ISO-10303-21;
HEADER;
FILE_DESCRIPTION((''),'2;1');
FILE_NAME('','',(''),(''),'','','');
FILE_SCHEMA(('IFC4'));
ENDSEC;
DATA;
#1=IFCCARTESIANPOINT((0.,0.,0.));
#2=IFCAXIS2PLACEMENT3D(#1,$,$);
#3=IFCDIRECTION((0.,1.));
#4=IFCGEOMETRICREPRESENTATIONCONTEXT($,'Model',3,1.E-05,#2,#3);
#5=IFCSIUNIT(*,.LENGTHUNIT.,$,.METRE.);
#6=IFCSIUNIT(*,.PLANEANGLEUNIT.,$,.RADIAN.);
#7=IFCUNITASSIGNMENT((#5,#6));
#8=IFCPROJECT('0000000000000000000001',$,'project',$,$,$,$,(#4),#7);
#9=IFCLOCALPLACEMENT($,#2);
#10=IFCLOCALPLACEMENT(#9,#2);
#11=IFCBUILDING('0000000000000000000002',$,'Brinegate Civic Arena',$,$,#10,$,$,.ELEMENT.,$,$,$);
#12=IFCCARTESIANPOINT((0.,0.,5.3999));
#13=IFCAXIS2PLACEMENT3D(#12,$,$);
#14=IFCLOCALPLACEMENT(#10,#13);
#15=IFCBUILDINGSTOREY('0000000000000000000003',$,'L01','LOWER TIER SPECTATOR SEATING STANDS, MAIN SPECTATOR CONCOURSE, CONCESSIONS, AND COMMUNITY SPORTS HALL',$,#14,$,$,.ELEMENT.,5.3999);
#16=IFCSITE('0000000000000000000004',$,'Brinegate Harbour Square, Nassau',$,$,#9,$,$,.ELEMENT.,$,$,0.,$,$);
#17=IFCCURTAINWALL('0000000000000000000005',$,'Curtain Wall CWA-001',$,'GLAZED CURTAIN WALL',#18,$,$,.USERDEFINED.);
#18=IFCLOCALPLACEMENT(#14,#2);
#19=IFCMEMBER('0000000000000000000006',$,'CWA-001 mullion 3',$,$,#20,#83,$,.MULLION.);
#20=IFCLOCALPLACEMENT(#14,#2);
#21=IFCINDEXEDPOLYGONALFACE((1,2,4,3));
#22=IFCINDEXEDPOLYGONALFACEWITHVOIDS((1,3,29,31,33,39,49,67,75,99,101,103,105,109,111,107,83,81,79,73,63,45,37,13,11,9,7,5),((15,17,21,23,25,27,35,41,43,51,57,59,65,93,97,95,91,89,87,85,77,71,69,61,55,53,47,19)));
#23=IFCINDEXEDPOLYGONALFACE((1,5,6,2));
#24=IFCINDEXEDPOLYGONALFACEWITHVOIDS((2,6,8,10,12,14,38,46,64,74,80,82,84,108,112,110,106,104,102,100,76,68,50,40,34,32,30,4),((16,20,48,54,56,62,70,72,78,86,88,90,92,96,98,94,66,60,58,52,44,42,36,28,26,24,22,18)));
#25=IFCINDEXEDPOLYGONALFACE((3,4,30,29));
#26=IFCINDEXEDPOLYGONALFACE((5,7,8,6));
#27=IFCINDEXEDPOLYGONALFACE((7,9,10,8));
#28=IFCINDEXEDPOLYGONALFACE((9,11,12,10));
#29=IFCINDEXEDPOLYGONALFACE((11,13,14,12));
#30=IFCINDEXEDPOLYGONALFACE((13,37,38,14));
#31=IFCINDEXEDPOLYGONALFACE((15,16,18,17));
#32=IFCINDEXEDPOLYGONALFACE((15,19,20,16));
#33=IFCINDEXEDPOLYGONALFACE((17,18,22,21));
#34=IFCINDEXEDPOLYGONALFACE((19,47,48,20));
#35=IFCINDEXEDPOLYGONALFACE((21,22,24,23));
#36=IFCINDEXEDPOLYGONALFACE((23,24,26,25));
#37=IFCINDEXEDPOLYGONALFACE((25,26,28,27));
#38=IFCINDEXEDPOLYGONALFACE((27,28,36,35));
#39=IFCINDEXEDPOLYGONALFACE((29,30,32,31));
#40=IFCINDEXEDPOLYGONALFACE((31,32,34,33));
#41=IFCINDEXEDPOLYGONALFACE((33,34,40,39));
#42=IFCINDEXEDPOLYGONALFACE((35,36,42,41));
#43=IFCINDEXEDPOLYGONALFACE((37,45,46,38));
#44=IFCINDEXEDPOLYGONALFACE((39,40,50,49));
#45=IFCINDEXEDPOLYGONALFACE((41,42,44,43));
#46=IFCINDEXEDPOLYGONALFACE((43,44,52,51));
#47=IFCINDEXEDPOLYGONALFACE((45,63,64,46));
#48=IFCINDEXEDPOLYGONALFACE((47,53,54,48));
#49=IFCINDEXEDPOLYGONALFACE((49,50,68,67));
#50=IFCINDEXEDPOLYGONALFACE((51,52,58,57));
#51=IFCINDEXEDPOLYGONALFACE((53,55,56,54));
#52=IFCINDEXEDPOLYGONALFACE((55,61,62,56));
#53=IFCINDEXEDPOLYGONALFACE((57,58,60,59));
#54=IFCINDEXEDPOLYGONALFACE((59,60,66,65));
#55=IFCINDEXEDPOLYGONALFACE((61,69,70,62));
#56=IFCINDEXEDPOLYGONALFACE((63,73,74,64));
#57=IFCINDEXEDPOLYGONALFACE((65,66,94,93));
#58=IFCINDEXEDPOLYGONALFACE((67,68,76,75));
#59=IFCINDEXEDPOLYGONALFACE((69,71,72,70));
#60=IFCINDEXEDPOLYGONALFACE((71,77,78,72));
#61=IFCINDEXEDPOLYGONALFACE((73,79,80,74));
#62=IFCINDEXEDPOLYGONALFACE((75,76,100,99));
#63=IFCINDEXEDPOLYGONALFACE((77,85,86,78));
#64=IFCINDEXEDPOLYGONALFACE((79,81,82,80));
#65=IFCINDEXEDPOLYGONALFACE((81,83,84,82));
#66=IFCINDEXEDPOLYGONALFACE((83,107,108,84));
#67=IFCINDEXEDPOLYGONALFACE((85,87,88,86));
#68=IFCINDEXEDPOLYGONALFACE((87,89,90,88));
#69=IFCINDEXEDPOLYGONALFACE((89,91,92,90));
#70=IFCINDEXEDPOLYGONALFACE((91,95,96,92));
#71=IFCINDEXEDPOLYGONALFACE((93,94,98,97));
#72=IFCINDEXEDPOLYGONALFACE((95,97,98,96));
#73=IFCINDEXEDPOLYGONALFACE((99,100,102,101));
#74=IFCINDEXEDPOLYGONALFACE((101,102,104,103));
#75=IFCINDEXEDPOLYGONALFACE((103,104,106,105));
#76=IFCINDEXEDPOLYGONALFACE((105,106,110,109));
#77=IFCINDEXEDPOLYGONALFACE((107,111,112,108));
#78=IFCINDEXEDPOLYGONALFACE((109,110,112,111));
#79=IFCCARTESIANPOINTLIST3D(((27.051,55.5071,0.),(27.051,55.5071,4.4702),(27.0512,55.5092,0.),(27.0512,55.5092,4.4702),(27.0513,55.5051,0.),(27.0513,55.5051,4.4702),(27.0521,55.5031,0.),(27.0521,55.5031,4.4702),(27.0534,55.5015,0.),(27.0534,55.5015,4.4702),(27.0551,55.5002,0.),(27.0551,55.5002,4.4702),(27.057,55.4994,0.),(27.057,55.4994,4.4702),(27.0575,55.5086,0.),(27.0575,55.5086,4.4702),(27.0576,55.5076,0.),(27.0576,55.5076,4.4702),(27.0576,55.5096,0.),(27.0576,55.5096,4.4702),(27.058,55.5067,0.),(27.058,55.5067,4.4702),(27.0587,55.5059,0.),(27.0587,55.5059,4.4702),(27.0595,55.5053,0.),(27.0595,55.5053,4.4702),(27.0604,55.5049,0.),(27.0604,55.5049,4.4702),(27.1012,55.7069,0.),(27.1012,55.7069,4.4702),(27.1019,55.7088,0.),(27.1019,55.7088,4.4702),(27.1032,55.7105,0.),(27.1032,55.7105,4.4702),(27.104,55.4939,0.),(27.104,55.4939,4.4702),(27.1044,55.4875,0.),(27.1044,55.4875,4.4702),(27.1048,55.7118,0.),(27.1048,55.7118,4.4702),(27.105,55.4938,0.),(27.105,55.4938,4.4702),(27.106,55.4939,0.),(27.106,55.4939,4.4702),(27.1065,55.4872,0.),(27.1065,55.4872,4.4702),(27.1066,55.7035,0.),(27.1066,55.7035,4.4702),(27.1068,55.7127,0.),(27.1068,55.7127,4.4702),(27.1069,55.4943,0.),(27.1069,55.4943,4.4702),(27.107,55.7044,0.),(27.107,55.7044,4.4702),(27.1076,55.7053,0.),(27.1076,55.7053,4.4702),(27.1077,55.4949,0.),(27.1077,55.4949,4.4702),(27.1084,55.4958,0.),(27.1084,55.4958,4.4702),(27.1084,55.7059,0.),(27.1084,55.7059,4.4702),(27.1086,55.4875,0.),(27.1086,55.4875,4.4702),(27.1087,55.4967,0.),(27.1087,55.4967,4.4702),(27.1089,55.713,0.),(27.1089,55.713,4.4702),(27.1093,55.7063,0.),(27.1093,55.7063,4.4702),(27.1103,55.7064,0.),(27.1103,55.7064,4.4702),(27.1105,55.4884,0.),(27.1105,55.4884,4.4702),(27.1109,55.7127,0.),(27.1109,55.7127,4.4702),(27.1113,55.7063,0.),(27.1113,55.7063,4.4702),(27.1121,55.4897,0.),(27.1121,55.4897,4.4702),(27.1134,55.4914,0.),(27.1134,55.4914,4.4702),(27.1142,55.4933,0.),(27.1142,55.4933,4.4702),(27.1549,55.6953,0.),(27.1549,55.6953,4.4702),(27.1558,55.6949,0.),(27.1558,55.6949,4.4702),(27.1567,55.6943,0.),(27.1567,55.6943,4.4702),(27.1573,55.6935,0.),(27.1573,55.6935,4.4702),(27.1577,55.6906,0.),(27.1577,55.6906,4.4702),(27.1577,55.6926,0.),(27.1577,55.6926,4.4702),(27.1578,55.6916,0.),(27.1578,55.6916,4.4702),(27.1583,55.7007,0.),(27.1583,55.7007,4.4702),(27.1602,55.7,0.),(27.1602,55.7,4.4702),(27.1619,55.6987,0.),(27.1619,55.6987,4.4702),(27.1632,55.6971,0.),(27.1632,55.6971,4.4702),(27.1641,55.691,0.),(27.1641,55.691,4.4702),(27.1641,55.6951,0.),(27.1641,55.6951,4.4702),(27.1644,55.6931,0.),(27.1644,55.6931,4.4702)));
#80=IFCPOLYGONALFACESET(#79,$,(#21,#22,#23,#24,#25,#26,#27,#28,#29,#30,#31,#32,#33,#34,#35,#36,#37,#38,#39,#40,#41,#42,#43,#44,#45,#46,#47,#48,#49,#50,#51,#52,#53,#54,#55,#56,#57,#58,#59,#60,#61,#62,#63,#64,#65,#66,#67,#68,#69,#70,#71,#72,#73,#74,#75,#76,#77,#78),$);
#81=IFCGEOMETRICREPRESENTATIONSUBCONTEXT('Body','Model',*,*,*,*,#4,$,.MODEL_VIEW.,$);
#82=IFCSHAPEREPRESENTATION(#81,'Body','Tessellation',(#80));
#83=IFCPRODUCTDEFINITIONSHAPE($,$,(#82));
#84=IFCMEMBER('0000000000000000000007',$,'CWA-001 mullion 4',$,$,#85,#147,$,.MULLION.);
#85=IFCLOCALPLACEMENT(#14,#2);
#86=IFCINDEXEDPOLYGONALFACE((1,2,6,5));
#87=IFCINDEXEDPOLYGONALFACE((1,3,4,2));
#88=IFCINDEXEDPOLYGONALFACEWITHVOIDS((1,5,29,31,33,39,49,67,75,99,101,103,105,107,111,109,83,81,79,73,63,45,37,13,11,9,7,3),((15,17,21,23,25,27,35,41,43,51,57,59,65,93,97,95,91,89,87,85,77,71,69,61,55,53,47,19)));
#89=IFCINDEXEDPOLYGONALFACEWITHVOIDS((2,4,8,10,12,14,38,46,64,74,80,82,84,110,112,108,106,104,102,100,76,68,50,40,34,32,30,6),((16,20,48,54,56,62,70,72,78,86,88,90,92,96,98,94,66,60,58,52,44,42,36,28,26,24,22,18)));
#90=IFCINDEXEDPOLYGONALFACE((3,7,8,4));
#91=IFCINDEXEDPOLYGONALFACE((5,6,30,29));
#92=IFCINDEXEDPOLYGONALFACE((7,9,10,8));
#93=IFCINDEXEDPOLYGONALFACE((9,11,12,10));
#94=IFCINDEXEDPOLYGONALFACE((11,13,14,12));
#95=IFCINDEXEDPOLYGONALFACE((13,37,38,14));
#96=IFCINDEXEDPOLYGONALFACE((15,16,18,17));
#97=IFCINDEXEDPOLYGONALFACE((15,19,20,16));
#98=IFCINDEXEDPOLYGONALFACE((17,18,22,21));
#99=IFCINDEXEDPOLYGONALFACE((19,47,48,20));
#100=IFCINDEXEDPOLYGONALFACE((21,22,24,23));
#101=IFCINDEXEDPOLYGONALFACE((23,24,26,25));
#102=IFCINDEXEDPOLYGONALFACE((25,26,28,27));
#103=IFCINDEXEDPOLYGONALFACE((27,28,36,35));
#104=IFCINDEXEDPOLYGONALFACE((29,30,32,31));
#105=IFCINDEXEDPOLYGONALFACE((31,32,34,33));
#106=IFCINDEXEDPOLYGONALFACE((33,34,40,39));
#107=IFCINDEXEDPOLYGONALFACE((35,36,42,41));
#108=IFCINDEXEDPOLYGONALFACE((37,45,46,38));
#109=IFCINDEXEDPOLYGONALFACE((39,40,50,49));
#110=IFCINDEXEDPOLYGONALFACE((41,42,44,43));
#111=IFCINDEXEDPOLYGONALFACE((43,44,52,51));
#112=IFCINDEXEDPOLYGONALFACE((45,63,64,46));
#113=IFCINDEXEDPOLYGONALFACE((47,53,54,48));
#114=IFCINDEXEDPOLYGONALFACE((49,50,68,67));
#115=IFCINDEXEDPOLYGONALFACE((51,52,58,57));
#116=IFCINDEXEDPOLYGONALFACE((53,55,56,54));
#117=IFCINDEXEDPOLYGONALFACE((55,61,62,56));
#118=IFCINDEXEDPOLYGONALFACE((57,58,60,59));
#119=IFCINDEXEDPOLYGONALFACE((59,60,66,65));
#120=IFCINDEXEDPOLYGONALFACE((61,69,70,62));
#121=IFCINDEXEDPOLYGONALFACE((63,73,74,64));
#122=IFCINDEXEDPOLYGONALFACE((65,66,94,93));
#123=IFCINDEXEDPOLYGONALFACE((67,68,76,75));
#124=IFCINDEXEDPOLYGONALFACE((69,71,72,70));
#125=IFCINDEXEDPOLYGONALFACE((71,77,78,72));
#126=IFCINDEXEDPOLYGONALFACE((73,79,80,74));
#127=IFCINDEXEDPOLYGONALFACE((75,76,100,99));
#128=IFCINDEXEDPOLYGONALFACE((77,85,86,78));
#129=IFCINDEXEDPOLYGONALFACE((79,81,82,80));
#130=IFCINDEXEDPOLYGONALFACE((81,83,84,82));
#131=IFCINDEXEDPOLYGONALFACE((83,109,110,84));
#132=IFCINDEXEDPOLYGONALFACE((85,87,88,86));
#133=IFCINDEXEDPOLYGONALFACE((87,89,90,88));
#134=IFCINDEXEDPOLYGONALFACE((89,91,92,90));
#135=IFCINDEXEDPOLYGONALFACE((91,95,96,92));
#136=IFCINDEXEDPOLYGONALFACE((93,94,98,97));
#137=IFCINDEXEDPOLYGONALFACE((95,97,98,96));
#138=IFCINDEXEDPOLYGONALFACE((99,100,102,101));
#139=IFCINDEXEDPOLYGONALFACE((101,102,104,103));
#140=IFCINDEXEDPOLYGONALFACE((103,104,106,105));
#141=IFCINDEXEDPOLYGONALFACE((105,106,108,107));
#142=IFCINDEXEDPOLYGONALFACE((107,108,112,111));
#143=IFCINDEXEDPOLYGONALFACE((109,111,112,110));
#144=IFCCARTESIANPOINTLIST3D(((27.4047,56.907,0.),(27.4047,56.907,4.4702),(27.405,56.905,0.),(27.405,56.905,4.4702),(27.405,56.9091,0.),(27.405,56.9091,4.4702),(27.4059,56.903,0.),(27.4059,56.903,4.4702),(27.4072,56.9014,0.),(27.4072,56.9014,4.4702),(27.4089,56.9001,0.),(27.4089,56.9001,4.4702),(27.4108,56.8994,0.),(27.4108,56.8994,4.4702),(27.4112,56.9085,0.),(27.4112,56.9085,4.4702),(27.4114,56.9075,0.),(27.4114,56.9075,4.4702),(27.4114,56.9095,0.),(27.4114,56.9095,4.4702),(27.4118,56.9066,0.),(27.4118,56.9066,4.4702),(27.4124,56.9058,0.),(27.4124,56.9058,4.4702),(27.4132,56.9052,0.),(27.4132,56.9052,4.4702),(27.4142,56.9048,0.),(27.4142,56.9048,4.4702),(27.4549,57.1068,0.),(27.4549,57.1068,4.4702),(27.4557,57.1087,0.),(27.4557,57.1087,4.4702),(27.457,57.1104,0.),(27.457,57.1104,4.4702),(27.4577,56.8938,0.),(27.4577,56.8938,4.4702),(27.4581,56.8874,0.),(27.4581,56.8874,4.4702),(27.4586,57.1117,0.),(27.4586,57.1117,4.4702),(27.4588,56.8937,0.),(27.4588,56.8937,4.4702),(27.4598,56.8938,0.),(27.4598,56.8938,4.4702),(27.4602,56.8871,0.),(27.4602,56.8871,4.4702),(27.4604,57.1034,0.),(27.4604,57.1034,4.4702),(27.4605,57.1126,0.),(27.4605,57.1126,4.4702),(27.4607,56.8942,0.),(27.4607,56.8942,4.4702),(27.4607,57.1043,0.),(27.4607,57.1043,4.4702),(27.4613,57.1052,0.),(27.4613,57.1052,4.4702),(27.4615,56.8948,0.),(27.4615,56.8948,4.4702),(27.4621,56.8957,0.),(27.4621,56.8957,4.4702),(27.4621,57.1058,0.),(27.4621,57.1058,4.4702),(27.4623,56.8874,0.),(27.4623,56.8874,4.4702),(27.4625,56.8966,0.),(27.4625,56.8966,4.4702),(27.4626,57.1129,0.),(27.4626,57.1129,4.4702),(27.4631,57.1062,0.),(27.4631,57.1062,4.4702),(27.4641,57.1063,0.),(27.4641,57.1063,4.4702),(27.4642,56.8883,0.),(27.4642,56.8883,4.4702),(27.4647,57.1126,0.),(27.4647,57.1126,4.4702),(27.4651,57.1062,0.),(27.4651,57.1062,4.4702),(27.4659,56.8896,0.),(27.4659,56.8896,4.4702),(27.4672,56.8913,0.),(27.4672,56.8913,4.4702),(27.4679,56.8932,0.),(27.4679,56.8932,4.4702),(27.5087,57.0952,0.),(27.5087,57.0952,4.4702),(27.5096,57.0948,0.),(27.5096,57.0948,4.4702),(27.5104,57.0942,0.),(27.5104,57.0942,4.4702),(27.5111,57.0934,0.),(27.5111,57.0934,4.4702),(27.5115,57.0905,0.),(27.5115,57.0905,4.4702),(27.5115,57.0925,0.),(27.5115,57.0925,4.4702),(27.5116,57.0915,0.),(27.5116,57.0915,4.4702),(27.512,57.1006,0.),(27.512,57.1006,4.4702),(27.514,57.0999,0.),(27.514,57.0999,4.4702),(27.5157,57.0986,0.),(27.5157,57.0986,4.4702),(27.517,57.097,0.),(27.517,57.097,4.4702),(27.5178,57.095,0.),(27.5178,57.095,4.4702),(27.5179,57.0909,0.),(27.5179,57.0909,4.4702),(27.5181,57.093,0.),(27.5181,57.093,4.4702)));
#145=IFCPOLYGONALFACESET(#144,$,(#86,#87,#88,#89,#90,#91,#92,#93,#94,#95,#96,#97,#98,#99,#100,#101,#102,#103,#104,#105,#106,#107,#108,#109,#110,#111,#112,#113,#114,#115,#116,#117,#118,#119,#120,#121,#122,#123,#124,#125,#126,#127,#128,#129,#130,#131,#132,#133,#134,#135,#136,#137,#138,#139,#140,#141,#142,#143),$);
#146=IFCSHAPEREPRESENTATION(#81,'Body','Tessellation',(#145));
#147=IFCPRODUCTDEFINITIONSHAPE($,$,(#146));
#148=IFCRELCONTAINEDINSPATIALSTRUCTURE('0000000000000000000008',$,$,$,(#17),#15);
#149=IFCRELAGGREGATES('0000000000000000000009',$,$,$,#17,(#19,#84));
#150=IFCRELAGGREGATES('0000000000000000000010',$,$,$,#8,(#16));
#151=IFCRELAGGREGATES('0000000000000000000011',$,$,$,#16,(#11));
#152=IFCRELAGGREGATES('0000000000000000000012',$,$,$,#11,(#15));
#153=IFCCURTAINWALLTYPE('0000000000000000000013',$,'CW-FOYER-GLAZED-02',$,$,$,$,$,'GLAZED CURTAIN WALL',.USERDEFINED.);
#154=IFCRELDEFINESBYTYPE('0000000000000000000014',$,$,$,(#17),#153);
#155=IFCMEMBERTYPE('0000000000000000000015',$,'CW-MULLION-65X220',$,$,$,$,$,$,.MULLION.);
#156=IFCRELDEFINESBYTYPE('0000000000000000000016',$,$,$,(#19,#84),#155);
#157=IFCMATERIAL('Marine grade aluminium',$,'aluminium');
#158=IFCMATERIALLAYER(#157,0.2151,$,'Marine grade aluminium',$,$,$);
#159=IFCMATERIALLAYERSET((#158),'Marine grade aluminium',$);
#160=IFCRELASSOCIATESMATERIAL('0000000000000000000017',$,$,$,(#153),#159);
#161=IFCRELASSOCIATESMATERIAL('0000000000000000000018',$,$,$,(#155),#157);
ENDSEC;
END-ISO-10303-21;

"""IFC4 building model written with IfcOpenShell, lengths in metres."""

from ifc_helpers import new_model, si_unit, direction, frame, origin, origin_2d, place, context, subcontext, project, spatial, hollow_rectangle, extrude, material, layer, layer_set, material_profile, profile_set, type_object, element, aggregate, save


model = new_model("IFC4")

# Units and contexts
model_context = context("Model", 3, precision=1e-05, world=origin(), true_north=direction((0.0, 1.0)))
body_context = subcontext(model_context, "Body", "Model", "MODEL_VIEW")
ifc_project = project(units=[si_unit("LENGTHUNIT", "METRE"), si_unit("PLANEANGLEUNIT", "RADIAN")], contexts=[model_context])

# Site, building, storey
site_placement = place(None, origin())
site = spatial("IfcSite", under=ifc_project, at=site_placement, Name="Brinegate Harbour Square, Nassau", CompositionType="ELEMENT", RefElevation=0.0)
building_placement = place(site_placement, origin())
building = spatial("IfcBuilding", under=site, at=building_placement, Name="Brinegate Civic Arena", CompositionType="ELEMENT")
storey_placement = place(building_placement, frame((0.0, 0.0, 5.3999)))
storey = spatial("IfcBuildingStorey", under=building, at=storey_placement, Name="L01", Description="LOWER TIER SPECTATOR SEATING STANDS, MAIN SPECTATOR CONCOURSE, CONCESSIONS, AND COMMUNITY SPORTS HALL", CompositionType="ELEMENT", Elevation=5.3999)

# Curtain wall, members
ifc_material_1 = material(Name="Marine grade aluminium", Category="aluminium")
ifc_layer_1 = layer(ifc_material_1, 0.2151, Name="Marine grade aluminium")
ifc_layer_set_1 = layer_set([ifc_layer_1], Name="Marine grade aluminium")
curtain_wall_type = type_object("IfcCurtainWallType", Name="CW-FOYER-GLAZED-02", ElementType="GLAZED CURTAIN WALL", PredefinedType="USERDEFINED", material=ifc_layer_set_1)
curtain_wall_placement = place(storey_placement, origin())
curtain_wall = element("IfcCurtainWall", 1, at=curtain_wall_placement, inside=storey, type_object=curtain_wall_type, Name="Curtain Wall CWA-001", ObjectType="GLAZED CURTAIN WALL", PredefinedType="USERDEFINED")
ifc_material_profile_1 = material_profile(ifc_material_1, hollow_rectangle(XDim=0.0649, YDim=0.22, WallThickness=0.0061, InnerFilletRadius=0.0039, OuterFilletRadius=0.0081, at=origin_2d()), Name="MUL65X220")
ifc_profile_set_1 = profile_set([ifc_material_profile_1], Name="Marine grade aluminium")
member_type_1 = type_object("IfcMemberType", Name="CW-MULLION-65X220", PredefinedType="MULLION", material=ifc_profile_set_1)
member_1_placement = place(storey_placement, frame((27.1077, 55.6001, 0.0), z_axis=(0.0, 0.0, 1.0), x_axis=(-0.969513, 0.245042, 0.0)))
member_1 = element("IfcMember", 2, at=member_1_placement, type_object=member_type_1, Name="CWA-001 mullion 3", PredefinedType="MULLION", context=body_context, shape_type="SweptSolid", body=[
    extrude(hollow_rectangle(XDim=0.0649, YDim=0.22, WallThickness=0.0061, InnerFilletRadius=0.0039, OuterFilletRadius=0.0081, at=origin_2d()), origin(), (0.0, 0.0, 1.0), 4.4702),
])
member_2_placement = place(storey_placement, frame((27.4614, 57.0, 0.0), z_axis=(0.0, 0.0, 1.0), x_axis=(-0.969513, 0.245042, 0.0)))
member_2 = element("IfcMember", 3, at=member_2_placement, type_object=member_type_1, Name="CWA-001 mullion 4", PredefinedType="MULLION", context=body_context, shape_type="SweptSolid", body=[
    extrude(hollow_rectangle(XDim=0.0649, YDim=0.22, WallThickness=0.0061, InnerFilletRadius=0.0039, OuterFilletRadius=0.0081, at=origin_2d()), origin(), (0.0, 0.0, 1.0), 4.4702),
])
aggregate(curtain_wall, [member_1, member_2])

save(model, "model.ifc")
